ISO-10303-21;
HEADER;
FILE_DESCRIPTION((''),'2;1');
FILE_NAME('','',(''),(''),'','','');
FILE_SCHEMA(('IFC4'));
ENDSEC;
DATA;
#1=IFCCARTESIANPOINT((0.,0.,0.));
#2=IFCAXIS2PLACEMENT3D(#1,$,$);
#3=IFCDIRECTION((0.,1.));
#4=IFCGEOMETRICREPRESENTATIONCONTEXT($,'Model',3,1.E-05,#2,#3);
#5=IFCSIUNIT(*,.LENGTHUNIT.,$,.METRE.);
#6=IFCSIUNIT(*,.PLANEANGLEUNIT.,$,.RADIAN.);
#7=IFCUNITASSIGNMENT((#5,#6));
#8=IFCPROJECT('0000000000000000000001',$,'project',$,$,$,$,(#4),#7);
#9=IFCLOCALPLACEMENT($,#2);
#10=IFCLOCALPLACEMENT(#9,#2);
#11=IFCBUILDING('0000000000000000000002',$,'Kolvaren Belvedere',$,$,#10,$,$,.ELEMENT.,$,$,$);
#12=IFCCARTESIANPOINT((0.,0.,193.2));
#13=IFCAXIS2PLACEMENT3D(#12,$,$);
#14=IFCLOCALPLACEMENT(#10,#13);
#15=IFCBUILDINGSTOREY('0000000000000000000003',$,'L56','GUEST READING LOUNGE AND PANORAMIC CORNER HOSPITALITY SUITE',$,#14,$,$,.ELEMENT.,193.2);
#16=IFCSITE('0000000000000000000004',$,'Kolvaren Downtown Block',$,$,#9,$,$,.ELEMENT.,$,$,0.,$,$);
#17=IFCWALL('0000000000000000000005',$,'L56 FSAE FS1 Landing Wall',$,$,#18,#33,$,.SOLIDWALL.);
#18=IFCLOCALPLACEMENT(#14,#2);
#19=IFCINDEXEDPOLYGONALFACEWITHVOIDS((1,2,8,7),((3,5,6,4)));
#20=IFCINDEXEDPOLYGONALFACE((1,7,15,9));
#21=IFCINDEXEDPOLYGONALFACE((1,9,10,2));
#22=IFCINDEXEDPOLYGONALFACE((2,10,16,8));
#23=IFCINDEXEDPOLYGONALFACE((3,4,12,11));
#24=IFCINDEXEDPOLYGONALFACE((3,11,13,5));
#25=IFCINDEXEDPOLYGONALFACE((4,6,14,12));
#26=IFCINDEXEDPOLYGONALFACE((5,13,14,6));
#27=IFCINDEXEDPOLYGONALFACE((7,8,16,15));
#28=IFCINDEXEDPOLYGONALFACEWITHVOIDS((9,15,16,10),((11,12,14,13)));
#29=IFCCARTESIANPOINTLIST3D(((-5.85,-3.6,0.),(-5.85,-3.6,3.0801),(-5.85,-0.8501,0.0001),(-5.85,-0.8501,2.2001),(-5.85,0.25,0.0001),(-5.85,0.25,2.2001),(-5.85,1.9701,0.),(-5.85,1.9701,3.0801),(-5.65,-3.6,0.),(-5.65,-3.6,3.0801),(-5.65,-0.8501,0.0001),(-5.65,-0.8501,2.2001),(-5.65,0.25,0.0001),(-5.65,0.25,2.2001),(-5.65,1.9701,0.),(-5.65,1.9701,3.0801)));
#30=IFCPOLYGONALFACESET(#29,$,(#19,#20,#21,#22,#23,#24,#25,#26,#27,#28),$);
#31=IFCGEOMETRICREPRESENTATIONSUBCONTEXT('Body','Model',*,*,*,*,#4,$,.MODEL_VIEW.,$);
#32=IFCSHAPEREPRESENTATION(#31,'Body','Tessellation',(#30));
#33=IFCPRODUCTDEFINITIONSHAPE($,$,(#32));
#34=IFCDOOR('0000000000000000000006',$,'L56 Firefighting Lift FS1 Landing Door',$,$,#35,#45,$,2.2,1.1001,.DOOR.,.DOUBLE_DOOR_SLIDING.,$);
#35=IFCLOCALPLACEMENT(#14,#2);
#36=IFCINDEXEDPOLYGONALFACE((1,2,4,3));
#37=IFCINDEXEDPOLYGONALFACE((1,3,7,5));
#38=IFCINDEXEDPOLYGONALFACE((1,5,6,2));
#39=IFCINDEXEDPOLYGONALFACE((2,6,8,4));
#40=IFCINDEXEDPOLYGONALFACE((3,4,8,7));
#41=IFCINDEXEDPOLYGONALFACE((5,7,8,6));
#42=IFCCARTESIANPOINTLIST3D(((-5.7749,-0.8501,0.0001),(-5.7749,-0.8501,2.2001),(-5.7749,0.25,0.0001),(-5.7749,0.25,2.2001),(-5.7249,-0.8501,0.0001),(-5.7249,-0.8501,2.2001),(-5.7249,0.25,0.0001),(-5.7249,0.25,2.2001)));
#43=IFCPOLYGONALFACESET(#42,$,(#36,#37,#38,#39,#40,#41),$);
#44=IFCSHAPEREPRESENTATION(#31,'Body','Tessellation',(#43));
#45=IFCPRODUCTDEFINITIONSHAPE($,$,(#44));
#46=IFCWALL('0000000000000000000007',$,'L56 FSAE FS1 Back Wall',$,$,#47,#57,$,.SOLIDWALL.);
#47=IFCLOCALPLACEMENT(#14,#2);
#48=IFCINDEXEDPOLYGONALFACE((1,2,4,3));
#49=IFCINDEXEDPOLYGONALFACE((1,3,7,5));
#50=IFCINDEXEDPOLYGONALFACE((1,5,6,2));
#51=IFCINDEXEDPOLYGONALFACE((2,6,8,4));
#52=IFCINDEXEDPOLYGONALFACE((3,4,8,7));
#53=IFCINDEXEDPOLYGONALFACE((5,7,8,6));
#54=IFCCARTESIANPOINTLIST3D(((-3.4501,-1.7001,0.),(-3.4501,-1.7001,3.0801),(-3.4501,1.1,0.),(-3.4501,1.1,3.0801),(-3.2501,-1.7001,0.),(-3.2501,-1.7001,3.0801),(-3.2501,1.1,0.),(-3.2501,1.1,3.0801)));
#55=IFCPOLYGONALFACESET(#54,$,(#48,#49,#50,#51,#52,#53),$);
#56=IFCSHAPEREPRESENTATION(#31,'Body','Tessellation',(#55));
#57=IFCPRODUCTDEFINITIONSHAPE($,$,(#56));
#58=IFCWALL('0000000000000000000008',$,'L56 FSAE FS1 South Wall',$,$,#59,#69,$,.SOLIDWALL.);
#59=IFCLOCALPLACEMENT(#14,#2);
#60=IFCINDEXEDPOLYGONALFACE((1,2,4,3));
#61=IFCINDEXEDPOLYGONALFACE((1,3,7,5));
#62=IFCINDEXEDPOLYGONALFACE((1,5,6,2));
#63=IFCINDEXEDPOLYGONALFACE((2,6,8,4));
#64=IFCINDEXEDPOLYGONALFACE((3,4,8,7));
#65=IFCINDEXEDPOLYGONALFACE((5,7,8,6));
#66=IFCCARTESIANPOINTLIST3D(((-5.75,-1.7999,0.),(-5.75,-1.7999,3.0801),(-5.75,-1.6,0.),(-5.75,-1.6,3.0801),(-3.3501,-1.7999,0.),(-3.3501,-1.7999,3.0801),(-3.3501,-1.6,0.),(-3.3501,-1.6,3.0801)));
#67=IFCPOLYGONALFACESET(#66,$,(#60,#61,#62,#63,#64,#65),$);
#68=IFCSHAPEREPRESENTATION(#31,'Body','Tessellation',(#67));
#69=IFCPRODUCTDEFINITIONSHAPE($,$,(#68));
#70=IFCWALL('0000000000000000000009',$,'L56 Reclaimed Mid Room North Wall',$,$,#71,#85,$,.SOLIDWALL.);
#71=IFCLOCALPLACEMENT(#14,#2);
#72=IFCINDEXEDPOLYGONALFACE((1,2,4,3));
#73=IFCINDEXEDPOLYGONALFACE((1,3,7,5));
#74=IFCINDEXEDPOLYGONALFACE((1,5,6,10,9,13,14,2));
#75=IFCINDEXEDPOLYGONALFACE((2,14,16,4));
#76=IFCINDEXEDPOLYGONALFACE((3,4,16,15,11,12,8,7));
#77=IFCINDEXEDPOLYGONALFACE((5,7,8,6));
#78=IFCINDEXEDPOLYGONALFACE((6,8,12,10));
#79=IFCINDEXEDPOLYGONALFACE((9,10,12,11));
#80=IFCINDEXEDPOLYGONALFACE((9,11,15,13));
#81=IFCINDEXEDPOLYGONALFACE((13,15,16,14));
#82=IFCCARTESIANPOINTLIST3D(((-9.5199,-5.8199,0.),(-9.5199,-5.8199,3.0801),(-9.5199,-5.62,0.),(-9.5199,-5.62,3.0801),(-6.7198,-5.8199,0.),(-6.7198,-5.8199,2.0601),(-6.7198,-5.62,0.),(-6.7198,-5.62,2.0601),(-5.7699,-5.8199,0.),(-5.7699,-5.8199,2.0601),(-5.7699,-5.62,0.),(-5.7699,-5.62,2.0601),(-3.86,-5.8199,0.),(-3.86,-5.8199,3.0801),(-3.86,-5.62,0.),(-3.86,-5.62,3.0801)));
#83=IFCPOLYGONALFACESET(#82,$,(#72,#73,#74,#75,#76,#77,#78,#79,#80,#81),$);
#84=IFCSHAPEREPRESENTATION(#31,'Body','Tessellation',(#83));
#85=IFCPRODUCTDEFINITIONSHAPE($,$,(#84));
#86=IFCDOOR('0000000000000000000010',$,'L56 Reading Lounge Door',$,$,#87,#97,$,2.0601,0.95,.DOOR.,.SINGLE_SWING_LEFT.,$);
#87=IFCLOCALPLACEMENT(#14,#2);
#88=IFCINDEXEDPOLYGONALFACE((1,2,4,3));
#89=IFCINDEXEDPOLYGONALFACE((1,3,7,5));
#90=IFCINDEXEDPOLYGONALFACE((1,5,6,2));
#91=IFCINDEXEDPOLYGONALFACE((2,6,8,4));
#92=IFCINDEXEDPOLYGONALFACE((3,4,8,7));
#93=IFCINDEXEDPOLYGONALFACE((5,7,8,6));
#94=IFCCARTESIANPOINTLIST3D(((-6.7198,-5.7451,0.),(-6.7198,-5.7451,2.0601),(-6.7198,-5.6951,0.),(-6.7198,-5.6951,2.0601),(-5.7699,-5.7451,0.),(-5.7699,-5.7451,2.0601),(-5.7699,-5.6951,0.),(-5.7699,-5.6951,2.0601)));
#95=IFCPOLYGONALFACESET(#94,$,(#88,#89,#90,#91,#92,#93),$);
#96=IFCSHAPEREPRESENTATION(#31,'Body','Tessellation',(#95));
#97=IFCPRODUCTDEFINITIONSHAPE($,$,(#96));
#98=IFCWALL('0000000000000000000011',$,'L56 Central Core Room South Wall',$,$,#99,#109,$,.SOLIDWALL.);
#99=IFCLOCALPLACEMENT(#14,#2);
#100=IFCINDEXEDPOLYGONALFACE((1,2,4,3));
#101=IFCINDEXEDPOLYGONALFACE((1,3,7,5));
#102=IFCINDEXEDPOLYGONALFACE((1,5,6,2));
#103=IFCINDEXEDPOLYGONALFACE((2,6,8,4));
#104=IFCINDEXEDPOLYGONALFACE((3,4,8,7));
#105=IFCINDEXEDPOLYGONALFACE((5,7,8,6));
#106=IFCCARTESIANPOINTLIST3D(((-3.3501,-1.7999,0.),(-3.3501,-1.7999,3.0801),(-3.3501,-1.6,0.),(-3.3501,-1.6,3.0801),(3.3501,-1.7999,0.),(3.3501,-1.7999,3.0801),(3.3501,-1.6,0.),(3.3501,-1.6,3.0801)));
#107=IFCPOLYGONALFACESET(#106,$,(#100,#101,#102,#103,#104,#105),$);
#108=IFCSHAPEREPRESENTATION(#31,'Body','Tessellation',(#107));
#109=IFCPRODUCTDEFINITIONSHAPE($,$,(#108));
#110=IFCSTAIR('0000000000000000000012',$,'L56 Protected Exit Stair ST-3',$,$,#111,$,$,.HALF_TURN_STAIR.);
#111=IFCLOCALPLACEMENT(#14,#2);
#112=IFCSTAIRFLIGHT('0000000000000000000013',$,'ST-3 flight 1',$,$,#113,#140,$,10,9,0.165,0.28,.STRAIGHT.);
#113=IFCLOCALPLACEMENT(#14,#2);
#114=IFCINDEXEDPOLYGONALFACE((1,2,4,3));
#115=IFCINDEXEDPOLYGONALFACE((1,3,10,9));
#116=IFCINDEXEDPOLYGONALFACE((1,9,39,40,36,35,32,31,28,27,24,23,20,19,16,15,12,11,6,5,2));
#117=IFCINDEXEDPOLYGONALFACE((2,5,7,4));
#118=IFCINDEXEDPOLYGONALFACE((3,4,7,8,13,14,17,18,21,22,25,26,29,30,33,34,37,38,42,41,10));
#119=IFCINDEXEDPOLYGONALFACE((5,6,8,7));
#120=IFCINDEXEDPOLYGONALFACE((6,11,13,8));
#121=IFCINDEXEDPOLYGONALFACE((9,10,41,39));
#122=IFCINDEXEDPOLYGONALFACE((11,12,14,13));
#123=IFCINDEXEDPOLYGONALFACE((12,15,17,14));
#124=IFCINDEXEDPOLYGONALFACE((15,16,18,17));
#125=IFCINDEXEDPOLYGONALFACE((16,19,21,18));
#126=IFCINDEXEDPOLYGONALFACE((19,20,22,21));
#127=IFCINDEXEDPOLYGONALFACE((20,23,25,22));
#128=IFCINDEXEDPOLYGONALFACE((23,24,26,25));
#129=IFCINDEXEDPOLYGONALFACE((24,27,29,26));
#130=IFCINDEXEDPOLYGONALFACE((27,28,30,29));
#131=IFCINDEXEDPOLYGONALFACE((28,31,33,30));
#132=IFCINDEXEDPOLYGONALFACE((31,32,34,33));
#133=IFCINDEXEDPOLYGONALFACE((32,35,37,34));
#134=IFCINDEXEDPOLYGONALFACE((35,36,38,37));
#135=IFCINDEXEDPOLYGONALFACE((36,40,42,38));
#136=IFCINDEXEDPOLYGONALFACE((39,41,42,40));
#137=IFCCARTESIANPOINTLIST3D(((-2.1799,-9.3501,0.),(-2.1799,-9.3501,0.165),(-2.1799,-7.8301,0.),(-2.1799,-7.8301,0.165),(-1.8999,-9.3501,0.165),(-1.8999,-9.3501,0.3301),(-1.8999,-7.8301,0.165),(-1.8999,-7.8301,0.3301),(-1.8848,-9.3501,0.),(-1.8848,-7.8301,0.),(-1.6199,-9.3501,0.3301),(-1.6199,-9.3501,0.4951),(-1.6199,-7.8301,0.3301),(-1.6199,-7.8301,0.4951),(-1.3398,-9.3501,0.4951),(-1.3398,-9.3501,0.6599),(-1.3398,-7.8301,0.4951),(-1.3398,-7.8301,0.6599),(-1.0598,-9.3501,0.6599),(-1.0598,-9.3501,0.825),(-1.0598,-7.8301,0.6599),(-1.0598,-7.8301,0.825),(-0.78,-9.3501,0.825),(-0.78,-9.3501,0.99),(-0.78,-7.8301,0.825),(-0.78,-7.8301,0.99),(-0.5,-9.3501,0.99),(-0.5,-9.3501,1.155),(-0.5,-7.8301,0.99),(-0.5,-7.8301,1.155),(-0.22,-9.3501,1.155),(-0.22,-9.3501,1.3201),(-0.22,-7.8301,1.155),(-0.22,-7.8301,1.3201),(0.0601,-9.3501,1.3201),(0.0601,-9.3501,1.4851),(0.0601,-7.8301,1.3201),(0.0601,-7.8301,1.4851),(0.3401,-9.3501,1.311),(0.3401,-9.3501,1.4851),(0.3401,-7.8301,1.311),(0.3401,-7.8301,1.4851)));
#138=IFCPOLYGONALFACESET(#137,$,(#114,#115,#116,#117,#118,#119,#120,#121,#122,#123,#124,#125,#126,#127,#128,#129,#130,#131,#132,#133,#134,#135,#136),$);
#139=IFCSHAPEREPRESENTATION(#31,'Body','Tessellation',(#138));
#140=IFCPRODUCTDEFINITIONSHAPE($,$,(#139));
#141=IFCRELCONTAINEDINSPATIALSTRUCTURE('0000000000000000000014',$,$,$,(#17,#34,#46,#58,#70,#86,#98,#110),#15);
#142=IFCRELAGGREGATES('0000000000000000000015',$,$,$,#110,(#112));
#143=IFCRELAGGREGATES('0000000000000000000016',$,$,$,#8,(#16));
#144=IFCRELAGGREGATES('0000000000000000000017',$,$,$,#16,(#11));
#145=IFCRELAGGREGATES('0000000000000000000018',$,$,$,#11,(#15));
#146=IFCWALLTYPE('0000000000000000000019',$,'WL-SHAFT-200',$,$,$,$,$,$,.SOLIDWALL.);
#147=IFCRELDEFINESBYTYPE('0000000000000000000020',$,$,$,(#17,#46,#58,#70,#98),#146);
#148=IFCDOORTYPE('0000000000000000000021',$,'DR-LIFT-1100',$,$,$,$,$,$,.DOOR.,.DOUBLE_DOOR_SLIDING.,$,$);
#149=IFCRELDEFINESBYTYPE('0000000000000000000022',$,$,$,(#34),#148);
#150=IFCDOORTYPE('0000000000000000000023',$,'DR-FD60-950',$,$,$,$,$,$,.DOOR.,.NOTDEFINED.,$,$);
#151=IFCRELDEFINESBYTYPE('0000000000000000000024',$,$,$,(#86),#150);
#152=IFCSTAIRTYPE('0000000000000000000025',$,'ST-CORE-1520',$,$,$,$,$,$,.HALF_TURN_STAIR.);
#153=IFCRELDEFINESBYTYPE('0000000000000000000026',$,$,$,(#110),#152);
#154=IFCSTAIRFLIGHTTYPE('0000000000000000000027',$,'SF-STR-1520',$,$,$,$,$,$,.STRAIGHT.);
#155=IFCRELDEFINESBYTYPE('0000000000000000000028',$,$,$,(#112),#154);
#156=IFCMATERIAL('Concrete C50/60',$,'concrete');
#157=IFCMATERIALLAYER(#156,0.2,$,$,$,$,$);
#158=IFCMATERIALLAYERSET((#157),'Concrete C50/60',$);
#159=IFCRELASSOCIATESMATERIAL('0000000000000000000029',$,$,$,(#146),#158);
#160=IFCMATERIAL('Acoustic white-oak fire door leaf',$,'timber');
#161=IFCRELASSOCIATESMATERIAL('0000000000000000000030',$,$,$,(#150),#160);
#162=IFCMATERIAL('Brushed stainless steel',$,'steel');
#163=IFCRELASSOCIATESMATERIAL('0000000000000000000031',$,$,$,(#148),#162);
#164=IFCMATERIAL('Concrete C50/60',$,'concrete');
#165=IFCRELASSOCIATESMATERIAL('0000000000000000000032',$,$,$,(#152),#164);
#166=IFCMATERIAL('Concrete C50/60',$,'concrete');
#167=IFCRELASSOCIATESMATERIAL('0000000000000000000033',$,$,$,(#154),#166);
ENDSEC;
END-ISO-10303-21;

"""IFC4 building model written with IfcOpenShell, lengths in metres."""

from ifc_helpers import new_model, si_unit, direction, frame, frame_2d, origin, place, context, subcontext, project, spatial, polyline, rectangle, outline, extrude, material, layer, layer_set, type_object, element, fill, aggregate, save


model = new_model("IFC4")

# Units and contexts
model_context = context("Model", 3, precision=1e-05, world=origin(), true_north=direction((0.0, 1.0)))
body_context = subcontext(model_context, "Body", "Model", "MODEL_VIEW")
ifc_project = project(units=[si_unit("LENGTHUNIT", "METRE"), si_unit("PLANEANGLEUNIT", "RADIAN")], contexts=[model_context])

# Site, building, storey
site_placement = place(None, origin())
site = spatial("IfcSite", under=ifc_project, at=site_placement, Name="Kolvaren Downtown Block", CompositionType="ELEMENT", RefElevation=0.0)
building_placement = place(site_placement, origin())
building = spatial("IfcBuilding", under=site, at=building_placement, Name="Kolvaren Belvedere", CompositionType="ELEMENT")
storey_placement = place(building_placement, frame((0.0, 0.0, 193.2)))
storey = spatial("IfcBuildingStorey", under=building, at=storey_placement, Name="L56", Description="GUEST READING LOUNGE AND PANORAMIC CORNER HOSPITALITY SUITE", CompositionType="ELEMENT", Elevation=193.2)

# Wall, opening, door
ifc_material_1 = material(Name="Concrete C50/60", Category="concrete")
ifc_layer_1 = layer(ifc_material_1, 0.2)
ifc_layer_set_1 = layer_set([ifc_layer_1], Name="Concrete C50/60")
wall_type_1 = type_object("IfcWallType", Name="WL-SHAFT-200", PredefinedType="SOLIDWALL", material=ifc_layer_set_1)
ifc_material_2 = material(Name="Acoustic white-oak fire door leaf", Category="timber")
door_type_1 = type_object("IfcDoorType", Name="DR-FD60-950", OperationType="NOTDEFINED", PredefinedType="DOOR", material=ifc_material_2)
wall_1_placement = place(storey_placement, frame((-5.75, -3.6001, 0.0), z_axis=(0.0, 0.0, 1.0), x_axis=(0.0, 1.0, 0.0)))
wall_1 = element("IfcWall", 1, at=wall_1_placement, inside=storey, type_object=wall_type_1, Name="L56 FSAE FS1 Landing Wall", PredefinedType="SOLIDWALL", context=body_context, shape_type="SweptSolid", body=[
    extrude(rectangle(XDim=5.5701, YDim=0.2, at=frame_2d((2.7852, 0.0))), origin(), (0.0, 0.0, 1.0), 3.0801),
])
opening_1_placement = place(wall_1_placement, frame((2.75, 0.0, 0.0)))
opening_1 = element("IfcOpeningElement", 2, at=opening_1_placement, cuts=wall_1, PredefinedType="OPENING", context=body_context, shape_type="SweptSolid", body=[
    extrude(rectangle(XDim=1.1001, YDim=2.2, at=frame_2d((0.55, 1.1001))), frame((0.0, 0.1099, 0.0), z_axis=(0.0, -1.0, 0.0), x_axis=(1.0, 0.0, 0.0)), (0.0, 0.0, 1.0), 0.22),
])
ifc_material_3 = material(Name="Brushed stainless steel", Category="steel")
door_type_2 = type_object("IfcDoorType", Name="DR-LIFT-1100", OperationType="DOUBLE_DOOR_SLIDING", PredefinedType="DOOR", material=ifc_material_3)
door_1_placement = place(opening_1_placement, origin())
door_1 = element("IfcDoor", 3, at=door_1_placement, inside=storey, type_object=door_type_2, Name="L56 Firefighting Lift FS1 Landing Door", OperationType="DOUBLE_DOOR_SLIDING", OverallHeight=2.2, OverallWidth=1.1001, PredefinedType="DOOR", context=body_context, shape_type="SweptSolid", body=[
    extrude(rectangle(XDim=1.1001, YDim=2.2, at=frame_2d((0.55, 1.1001))), frame((0.0, 0.0249, 0.0), z_axis=(0.0, -1.0, 0.0), x_axis=(1.0, 0.0, 0.0)), (0.0, 0.0, 1.0), 0.05),
])
fill(opening_1, door_1)

# Walls
wall_2_placement = place(storey_placement, frame((-3.3501, -1.7, 0.0), z_axis=(0.0, 0.0, 1.0), x_axis=(0.0, 1.0, 0.0)))
element("IfcWall", 4, at=wall_2_placement, inside=storey, type_object=wall_type_1, Name="L56 FSAE FS1 Back Wall", PredefinedType="SOLIDWALL", context=body_context, shape_type="SweptSolid", body=[
    extrude(rectangle(XDim=2.8, YDim=0.2, at=frame_2d((1.3999, 0.0))), origin(), (0.0, 0.0, 1.0), 3.0801),
])
wall_3_placement = place(storey_placement, frame((-5.75, -1.7, 0.0), z_axis=(0.0, 0.0, 1.0), x_axis=(1.0, 0.0, 0.0)))
element("IfcWall", 5, at=wall_3_placement, inside=storey, type_object=wall_type_1, Name="L56 FSAE FS1 South Wall", PredefinedType="SOLIDWALL", context=body_context, shape_type="SweptSolid", body=[
    extrude(rectangle(XDim=2.3999, YDim=0.2, at=frame_2d((1.2, 0.0))), origin(), (0.0, 0.0, 1.0), 3.0801),
])

# Wall, opening, door
wall_4_placement = place(storey_placement, frame((-9.52, -5.72, 0.0), z_axis=(0.0, 0.0, 1.0), x_axis=(1.0, 0.0, 0.0)))
wall_4 = element("IfcWall", 6, at=wall_4_placement, inside=storey, type_object=wall_type_1, Name="L56 Reclaimed Mid Room North Wall", PredefinedType="SOLIDWALL", context=body_context, shape_type="SweptSolid", body=[
    extrude(rectangle(XDim=5.6599, YDim=0.2, at=frame_2d((2.8301, 0.0))), origin(), (0.0, 0.0, 1.0), 3.0801),
])
opening_2_placement = place(wall_4_placement, frame((2.8, 0.0, 0.0)))
opening_2 = element("IfcOpeningElement", 7, at=opening_2_placement, cuts=wall_4, PredefinedType="OPENING", context=body_context, shape_type="SweptSolid", body=[
    extrude(rectangle(XDim=0.95, YDim=2.0601, at=frame_2d((0.4751, 1.03))), frame((0.0, 0.1099, 0.0), z_axis=(0.0, -1.0, 0.0), x_axis=(1.0, 0.0, 0.0)), (0.0, 0.0, 1.0), 0.22),
])
door_2_placement = place(opening_2_placement, origin())
door_2 = element("IfcDoor", 8, at=door_2_placement, inside=storey, type_object=door_type_1, Name="L56 Reading Lounge Door", OperationType="SINGLE_SWING_LEFT", OverallHeight=2.0601, OverallWidth=0.95, PredefinedType="DOOR", context=body_context, shape_type="SweptSolid", body=[
    extrude(rectangle(XDim=0.95, YDim=2.0601, at=frame_2d((0.4751, 1.03))), frame((0.0, 0.0249, 0.0), z_axis=(0.0, -1.0, 0.0), x_axis=(1.0, 0.0, 0.0)), (0.0, 0.0, 1.0), 0.05),
])
fill(opening_2, door_2)

# Wall
wall_5_placement = place(storey_placement, frame((-3.3501, -1.7, 0.0), z_axis=(0.0, 0.0, 1.0), x_axis=(1.0, 0.0, 0.0)))
element("IfcWall", 9, at=wall_5_placement, inside=storey, type_object=wall_type_1, Name="L56 Central Core Room South Wall", PredefinedType="SOLIDWALL", context=body_context, shape_type="SweptSolid", body=[
    extrude(rectangle(XDim=6.7002, YDim=0.2, at=frame_2d((3.3501, 0.0))), origin(), (0.0, 0.0, 1.0), 3.0801),
])

# Stair, stair flight
ifc_material_4 = material(Name="Concrete C50/60", Category="concrete")
stair_type = type_object("IfcStairType", Name="ST-CORE-1520", PredefinedType="HALF_TURN_STAIR", material=ifc_material_4)
stair_placement = place(storey_placement, origin())
stair = element("IfcStair", 10, at=stair_placement, inside=storey, type_object=stair_type, Name="L56 Protected Exit Stair ST-3", PredefinedType="HALF_TURN_STAIR")
ifc_material_5 = material(Name="Concrete C50/60", Category="concrete")
stair_flight_type = type_object("IfcStairFlightType", Name="SF-STR-1520", PredefinedType="STRAIGHT", material=ifc_material_5)
stair_flight_placement = place(storey_placement, frame((-2.1799, -8.5901, 0.0), z_axis=(0.0, 0.0, 1.0), x_axis=(1.0, 0.0, 0.0)))
stair_flight = element("IfcStairFlight", 11, at=stair_flight_placement, type_object=stair_flight_type, Name="ST-3 flight 1", NumberOfRisers=10, NumberOfTreads=9, PredefinedType="STRAIGHT", RiserHeight=0.165, TreadLength=0.28, context=body_context, shape_type="SweptSolid", body=[
    extrude(outline(polyline([(0.0, 0.0), (0.0, 0.165), (0.28, 0.165), (0.28, 0.3301), (0.5601, 0.3301), (0.5601, 0.4951), (0.8401, 0.4951), (0.8401, 0.6599), (1.1201, 0.6599), (1.1201, 0.825), (1.3999, 0.825), (1.3999, 0.99), (1.6799, 0.99), (1.6799, 1.155), (1.96, 1.155), (1.96, 1.3201), (2.24, 1.3201), (2.24, 1.4851), (2.52, 1.4851), (2.52, 1.6499), (2.52, 1.311), (0.2952, 0.0), (0.0, 0.0)])), frame((0.0, 0.76, 0.0), z_axis=(0.0, -1.0, 0.0), x_axis=(1.0, 0.0, 0.0)), (0.0, 0.0, 1.0), 1.52),
])
aggregate(stair, [stair_flight])

save(model, "model.ifc")
